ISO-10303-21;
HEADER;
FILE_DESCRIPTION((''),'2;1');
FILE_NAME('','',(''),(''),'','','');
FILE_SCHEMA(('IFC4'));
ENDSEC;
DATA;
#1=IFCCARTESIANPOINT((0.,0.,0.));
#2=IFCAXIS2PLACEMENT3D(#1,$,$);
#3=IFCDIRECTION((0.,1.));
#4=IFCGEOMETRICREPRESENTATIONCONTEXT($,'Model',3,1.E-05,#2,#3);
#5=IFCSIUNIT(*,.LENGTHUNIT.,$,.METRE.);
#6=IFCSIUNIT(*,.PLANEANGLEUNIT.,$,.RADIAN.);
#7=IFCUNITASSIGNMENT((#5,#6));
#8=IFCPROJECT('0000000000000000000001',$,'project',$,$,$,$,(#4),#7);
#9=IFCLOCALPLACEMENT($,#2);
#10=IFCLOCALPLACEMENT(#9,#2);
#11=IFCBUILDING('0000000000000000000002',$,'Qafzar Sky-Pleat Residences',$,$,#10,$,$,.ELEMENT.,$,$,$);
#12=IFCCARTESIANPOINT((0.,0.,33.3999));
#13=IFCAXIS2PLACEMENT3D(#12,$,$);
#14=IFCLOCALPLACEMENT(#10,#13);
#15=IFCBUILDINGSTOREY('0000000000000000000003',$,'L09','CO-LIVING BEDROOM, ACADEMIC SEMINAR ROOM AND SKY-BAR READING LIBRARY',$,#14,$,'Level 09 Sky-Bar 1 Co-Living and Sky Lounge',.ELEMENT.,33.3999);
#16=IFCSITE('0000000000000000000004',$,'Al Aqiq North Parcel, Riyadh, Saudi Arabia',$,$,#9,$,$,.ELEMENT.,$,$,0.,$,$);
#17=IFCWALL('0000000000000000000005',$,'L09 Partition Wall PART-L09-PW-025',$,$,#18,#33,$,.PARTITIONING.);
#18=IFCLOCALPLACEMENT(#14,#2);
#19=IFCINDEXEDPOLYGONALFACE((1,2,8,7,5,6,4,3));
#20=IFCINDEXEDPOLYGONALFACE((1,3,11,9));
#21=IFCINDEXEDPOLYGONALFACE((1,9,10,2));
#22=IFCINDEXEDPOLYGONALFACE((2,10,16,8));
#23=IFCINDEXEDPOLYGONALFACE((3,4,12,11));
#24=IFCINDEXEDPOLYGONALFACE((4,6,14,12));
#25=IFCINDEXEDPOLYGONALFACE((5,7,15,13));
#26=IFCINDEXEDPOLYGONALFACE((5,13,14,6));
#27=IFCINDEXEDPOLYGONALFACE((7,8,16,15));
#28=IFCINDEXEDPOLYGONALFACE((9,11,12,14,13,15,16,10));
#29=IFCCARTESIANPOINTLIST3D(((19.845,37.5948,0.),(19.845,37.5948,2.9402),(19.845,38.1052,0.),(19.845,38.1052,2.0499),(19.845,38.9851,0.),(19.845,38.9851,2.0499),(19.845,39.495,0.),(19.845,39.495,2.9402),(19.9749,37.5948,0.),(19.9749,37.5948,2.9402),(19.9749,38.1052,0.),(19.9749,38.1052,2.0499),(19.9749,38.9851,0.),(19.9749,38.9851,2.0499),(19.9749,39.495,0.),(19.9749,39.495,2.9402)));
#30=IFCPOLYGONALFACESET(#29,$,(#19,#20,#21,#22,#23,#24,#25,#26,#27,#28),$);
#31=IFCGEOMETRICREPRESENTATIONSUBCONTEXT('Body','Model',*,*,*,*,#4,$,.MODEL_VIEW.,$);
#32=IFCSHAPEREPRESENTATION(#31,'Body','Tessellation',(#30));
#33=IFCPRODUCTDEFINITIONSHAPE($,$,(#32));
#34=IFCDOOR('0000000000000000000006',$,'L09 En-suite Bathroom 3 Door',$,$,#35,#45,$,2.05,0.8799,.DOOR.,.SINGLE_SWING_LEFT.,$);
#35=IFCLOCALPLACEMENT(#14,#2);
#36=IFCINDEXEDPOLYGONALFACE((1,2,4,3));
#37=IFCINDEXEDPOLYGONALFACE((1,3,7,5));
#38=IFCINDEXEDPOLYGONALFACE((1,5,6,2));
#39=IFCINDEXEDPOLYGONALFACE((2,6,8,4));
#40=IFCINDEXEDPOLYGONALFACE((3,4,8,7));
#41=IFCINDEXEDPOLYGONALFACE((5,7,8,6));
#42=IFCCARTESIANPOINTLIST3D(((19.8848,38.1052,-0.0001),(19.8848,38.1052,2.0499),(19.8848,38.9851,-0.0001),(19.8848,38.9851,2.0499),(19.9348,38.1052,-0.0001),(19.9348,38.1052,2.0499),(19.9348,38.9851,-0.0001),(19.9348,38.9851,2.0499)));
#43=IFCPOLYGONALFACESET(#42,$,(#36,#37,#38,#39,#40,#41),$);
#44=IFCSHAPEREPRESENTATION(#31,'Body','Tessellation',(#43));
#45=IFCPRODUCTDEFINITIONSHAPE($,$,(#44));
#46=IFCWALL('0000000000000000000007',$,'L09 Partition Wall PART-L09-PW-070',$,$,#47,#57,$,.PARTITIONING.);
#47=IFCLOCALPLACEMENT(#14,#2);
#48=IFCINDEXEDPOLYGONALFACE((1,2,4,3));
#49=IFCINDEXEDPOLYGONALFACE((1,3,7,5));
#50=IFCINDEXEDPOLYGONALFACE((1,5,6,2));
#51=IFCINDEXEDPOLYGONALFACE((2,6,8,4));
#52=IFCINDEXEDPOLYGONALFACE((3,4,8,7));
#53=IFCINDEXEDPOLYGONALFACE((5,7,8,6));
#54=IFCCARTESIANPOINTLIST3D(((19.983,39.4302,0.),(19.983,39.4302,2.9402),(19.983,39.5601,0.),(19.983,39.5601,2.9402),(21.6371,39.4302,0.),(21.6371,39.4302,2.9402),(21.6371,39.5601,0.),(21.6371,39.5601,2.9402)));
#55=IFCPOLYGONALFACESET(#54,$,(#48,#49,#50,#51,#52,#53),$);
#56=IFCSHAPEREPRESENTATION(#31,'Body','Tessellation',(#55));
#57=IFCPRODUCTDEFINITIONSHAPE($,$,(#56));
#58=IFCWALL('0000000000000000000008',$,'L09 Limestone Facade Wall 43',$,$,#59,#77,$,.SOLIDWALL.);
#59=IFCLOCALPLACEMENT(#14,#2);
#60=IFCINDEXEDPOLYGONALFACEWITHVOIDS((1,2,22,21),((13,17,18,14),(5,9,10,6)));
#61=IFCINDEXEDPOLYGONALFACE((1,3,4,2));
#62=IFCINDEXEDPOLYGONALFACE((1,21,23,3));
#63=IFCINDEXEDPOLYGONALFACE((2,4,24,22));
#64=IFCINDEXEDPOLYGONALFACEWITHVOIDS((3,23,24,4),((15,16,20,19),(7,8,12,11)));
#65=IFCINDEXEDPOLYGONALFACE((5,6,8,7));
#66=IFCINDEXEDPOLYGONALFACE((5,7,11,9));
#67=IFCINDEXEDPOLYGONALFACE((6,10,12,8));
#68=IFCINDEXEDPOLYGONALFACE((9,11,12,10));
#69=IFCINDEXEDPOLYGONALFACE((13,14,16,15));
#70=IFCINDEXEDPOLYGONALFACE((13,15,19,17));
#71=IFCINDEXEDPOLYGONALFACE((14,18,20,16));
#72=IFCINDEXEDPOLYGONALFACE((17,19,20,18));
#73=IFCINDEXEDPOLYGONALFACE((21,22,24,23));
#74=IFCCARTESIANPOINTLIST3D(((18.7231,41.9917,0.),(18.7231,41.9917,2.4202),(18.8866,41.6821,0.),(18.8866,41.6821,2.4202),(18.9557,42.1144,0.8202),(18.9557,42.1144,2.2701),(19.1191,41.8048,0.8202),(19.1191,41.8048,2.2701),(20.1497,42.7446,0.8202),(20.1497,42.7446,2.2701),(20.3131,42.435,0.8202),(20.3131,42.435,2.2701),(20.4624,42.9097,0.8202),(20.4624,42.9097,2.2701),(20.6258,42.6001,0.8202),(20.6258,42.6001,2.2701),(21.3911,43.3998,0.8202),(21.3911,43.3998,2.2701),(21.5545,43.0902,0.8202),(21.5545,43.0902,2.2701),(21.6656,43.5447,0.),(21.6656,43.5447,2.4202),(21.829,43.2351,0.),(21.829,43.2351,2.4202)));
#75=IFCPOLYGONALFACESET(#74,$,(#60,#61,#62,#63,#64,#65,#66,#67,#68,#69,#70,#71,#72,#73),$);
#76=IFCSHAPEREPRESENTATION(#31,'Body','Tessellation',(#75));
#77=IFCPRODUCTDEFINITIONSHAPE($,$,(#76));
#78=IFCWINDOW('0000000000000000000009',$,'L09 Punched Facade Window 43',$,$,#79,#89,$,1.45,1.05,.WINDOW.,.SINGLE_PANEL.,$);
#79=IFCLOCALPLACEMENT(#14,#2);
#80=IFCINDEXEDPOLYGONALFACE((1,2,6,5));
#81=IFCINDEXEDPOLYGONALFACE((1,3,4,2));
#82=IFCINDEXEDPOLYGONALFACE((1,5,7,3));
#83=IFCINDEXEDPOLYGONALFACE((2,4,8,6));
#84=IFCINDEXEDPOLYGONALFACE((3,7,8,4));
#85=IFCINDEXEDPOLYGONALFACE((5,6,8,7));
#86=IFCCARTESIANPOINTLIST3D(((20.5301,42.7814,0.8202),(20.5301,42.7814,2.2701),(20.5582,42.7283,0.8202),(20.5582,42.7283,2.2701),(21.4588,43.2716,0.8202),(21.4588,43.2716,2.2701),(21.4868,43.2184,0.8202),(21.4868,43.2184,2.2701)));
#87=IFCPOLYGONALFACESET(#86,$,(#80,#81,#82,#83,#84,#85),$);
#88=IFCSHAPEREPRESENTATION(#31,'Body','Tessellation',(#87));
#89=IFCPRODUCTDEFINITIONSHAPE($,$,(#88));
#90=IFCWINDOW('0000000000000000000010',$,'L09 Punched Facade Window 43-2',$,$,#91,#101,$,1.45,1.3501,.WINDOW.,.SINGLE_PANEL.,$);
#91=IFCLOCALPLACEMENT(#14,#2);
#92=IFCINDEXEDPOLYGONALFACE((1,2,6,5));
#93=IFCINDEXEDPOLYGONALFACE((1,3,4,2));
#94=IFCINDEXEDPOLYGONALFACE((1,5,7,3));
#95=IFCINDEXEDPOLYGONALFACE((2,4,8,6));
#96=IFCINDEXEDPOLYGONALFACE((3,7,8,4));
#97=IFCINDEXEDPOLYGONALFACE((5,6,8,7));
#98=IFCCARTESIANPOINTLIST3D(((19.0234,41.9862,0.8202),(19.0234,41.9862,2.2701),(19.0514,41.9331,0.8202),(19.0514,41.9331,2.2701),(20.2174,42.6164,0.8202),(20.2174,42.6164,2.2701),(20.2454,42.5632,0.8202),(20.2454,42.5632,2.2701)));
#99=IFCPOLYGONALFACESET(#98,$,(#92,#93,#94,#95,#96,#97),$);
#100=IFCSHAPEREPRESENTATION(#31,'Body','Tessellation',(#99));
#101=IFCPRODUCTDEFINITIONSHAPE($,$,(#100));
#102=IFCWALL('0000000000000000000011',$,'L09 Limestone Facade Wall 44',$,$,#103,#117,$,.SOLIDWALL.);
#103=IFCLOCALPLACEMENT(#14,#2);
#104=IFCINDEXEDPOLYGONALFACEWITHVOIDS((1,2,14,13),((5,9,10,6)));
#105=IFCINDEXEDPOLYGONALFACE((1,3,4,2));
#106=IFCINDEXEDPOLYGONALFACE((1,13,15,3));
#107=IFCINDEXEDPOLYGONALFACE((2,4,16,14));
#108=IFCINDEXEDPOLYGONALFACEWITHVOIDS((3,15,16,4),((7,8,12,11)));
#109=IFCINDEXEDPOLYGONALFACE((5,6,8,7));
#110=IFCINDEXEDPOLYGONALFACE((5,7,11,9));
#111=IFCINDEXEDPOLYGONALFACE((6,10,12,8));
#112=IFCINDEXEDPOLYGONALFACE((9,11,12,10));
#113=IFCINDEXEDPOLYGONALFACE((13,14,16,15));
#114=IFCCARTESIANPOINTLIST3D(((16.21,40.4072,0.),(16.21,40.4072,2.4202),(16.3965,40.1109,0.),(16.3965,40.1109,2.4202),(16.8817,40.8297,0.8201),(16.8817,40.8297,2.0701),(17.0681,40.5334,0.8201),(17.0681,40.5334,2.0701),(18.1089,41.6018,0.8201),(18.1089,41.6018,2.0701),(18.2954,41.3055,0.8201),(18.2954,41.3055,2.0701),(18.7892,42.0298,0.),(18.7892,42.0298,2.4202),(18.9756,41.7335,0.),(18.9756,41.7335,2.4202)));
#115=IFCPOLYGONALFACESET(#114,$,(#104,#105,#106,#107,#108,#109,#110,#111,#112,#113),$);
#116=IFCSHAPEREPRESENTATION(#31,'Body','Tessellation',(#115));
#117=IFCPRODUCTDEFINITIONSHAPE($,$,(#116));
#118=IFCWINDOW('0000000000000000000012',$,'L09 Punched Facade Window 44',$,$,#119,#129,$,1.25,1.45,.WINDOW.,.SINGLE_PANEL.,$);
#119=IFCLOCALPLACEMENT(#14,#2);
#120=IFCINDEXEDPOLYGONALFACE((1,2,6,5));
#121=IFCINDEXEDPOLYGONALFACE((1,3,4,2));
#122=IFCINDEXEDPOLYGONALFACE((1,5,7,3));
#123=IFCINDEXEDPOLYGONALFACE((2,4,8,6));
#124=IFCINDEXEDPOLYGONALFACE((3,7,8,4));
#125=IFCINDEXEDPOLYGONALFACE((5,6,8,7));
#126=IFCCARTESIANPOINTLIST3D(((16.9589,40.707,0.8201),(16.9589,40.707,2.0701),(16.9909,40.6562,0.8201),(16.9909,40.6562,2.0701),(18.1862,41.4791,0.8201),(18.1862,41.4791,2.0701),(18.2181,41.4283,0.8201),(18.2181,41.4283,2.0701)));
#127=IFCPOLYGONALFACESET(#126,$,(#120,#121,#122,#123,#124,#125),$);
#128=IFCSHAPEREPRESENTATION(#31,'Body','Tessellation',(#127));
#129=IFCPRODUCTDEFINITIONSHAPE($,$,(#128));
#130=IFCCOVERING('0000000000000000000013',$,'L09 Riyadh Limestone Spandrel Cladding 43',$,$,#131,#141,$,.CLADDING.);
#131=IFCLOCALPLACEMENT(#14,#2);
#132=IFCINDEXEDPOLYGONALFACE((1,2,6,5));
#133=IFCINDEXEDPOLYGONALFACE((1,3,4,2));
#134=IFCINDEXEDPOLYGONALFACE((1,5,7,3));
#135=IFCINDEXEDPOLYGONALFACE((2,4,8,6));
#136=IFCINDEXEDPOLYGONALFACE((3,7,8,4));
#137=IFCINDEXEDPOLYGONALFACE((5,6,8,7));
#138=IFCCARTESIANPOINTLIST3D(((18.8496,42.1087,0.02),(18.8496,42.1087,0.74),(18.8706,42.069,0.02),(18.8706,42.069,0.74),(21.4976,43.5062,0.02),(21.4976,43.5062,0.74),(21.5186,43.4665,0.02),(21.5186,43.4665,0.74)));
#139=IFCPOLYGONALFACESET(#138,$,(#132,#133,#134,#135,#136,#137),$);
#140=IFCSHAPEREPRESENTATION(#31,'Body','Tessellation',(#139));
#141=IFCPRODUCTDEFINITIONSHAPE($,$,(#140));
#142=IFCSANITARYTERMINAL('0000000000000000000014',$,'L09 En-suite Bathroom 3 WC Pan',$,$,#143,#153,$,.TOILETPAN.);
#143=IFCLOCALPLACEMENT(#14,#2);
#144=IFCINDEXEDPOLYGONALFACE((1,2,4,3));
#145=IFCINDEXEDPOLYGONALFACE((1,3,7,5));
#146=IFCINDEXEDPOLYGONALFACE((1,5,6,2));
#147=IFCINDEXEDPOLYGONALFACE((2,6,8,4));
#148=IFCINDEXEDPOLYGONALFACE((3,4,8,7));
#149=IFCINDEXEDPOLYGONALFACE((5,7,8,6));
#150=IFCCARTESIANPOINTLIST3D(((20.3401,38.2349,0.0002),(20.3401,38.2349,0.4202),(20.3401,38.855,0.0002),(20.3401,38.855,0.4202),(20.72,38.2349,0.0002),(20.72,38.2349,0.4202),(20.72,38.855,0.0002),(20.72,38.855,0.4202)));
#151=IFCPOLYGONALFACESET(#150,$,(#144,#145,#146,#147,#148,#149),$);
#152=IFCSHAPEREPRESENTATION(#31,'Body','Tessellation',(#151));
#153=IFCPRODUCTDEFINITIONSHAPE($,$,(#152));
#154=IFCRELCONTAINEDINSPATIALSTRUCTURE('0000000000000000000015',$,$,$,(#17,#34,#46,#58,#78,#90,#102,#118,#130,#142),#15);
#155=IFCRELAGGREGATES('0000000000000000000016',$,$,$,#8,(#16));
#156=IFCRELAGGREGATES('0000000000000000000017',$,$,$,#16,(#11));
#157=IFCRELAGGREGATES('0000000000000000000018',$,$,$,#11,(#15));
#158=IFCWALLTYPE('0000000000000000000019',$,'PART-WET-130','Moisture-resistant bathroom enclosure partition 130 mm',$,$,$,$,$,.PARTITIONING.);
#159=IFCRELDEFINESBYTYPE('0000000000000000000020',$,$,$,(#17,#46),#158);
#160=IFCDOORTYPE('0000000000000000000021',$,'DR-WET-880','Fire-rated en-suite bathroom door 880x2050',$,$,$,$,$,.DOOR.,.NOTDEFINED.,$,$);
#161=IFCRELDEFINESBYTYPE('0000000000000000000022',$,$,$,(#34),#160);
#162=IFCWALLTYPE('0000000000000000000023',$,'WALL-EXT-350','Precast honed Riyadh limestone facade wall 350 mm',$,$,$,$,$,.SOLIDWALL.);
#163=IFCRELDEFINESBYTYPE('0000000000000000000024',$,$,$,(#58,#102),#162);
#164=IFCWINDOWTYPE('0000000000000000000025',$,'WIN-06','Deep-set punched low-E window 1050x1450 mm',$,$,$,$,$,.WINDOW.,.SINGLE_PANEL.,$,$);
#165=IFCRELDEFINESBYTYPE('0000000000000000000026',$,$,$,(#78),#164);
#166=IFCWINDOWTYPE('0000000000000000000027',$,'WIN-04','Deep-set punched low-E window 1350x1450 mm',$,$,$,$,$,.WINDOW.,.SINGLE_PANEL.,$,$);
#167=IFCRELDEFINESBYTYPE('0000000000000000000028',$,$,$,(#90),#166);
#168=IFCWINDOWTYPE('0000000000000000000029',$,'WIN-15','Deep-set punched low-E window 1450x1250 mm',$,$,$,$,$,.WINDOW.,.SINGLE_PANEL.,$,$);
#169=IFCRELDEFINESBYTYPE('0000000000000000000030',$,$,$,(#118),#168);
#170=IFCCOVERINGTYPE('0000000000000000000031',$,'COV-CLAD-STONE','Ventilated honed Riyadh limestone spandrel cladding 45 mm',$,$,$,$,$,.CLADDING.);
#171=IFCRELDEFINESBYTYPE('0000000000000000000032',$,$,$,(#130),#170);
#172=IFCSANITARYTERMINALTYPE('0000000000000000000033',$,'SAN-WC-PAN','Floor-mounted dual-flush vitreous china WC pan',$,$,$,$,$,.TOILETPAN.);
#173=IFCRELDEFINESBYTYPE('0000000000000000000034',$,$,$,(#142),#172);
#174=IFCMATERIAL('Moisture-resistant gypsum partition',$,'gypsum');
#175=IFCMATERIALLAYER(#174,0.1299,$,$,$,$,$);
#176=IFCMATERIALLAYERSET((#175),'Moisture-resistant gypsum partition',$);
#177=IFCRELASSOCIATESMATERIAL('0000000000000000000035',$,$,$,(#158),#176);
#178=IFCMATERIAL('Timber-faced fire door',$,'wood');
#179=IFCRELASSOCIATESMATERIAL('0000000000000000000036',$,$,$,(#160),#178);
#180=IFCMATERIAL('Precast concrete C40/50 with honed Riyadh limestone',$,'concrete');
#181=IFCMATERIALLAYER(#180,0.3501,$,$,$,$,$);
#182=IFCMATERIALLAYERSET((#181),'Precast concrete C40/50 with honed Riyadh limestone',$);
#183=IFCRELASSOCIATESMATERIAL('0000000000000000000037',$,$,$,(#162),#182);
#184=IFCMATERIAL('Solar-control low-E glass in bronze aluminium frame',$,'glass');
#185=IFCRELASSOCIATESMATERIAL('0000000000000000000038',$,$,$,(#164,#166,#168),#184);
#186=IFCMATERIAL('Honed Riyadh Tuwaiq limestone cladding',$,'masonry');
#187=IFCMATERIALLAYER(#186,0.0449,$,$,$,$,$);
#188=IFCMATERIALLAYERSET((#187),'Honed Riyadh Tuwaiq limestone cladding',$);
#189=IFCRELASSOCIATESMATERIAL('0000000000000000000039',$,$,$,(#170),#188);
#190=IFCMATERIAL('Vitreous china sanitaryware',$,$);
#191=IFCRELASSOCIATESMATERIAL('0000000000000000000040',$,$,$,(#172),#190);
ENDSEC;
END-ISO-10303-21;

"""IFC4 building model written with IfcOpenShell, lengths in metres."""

from ifc_helpers import new_model, si_unit, direction, frame, frame_2d, origin, origin_2d, place, context, subcontext, project, spatial, rectangle, extrude, source, transform, mapped, material, layer, layer_set, type_object, element, fill, save


model = new_model("IFC4")

# Units and contexts
model_context = context("Model", 3, precision=1e-05, world=origin(), true_north=direction((0.0, 1.0)))
body_context = subcontext(model_context, "Body", "Model", "MODEL_VIEW")
ifc_project = project(units=[si_unit("LENGTHUNIT", "METRE"), si_unit("PLANEANGLEUNIT", "RADIAN")], contexts=[model_context])

# Site, building, storey
site_placement = place(None, origin())
site = spatial("IfcSite", under=ifc_project, at=site_placement, Name="Al Aqiq North Parcel, Riyadh, Saudi Arabia", CompositionType="ELEMENT", RefElevation=0.0)
building_placement = place(site_placement, origin())
building = spatial("IfcBuilding", under=site, at=building_placement, Name="Qafzar Sky-Pleat Residences", CompositionType="ELEMENT")
storey_placement = place(building_placement, frame((0.0, 0.0, 33.3999)))
storey = spatial("IfcBuildingStorey", under=building, at=storey_placement, Name="L09", Description="CO-LIVING BEDROOM, ACADEMIC SEMINAR ROOM AND SKY-BAR READING LIBRARY", LongName="Level 09 Sky-Bar 1 Co-Living and Sky Lounge", CompositionType="ELEMENT", Elevation=33.3999)

# Wall, opening, door
ifc_material_1 = material(Name="Moisture-resistant gypsum partition", Category="gypsum")
ifc_layer_1 = layer(ifc_material_1, 0.1299)
ifc_layer_set_1 = layer_set([ifc_layer_1], Name="Moisture-resistant gypsum partition")
wall_type_1 = type_object("IfcWallType", Name="PART-WET-130", Description="Moisture-resistant bathroom enclosure partition 130 mm", PredefinedType="PARTITIONING", material=ifc_layer_set_1)
wall_1_placement = place(storey_placement, frame((19.9099, 39.4951, 0.0), z_axis=(0.0, 0.0, 1.0), x_axis=(0.0, -1.0, 0.0)))
wall_1 = element("IfcWall", 1, at=wall_1_placement, inside=storey, type_object=wall_type_1, Name="L09 Partition Wall PART-L09-PW-025", PredefinedType="PARTITIONING", context=body_context, shape_type="SweptSolid", body=[
    extrude(rectangle(XDim=1.9001, YDim=0.1299, at=frame_2d((0.9502, 0.0))), origin(), (0.0, 0.0, 1.0), 2.9402),
])
opening_1_placement = place(wall_1_placement, frame((0.51, 0.0, 0.0)))
opening_1 = element("IfcOpeningElement", 2, at=opening_1_placement, cuts=wall_1, PredefinedType="OPENING", context=body_context, shape_type="SweptSolid", body=[
    extrude(rectangle(XDim=0.8799, YDim=2.05, at=frame_2d((0.4399, 1.0249))), frame((0.0, 0.075, 0.0), z_axis=(0.0, -1.0, 0.0), x_axis=(1.0, 0.0, 0.0)), (0.0, 0.0, 1.0), 0.1499),
])
ifc_material_2 = material(Name="Timber-faced fire door", Category="wood")
door_type = type_object("IfcDoorType", Name="DR-WET-880", Description="Fire-rated en-suite bathroom door 880x2050", OperationType="NOTDEFINED", PredefinedType="DOOR", material=ifc_material_2)
shared_shape_1 = source(origin(), body_context, "Body", "SweptSolid", [
    extrude(rectangle(XDim=0.8799, YDim=2.05, at=frame_2d((0.4399, 1.0249))), frame((0.0, 0.0249, 0.0), z_axis=(0.0, -1.0, 0.0), x_axis=(1.0, 0.0, 0.0)), (0.0, 0.0, 1.0), 0.05),
])
door_placement = place(opening_1_placement, origin())
door = element("IfcDoor", 3, at=door_placement, inside=storey, type_object=door_type, Name="L09 En-suite Bathroom 3 Door", OperationType="SINGLE_SWING_LEFT", OverallHeight=2.05, OverallWidth=0.8799, PredefinedType="DOOR", context=body_context, shape_type="MappedRepresentation", body=[
    mapped(shared_shape_1, transform((0.0, 0.0, 0.0), x_axis=(1.0, 0.0, 0.0), y_axis=(0.0, 1.0, 0.0), z_axis=(0.0, 0.0, 1.0), scale=1.0)),
])
fill(opening_1, door)

# Wall
wall_2_placement = place(storey_placement, frame((19.9829, 39.4951, 0.0), z_axis=(0.0, 0.0, 1.0), x_axis=(1.0, 0.0, 0.0)))
element("IfcWall", 4, at=wall_2_placement, inside=storey, type_object=wall_type_1, Name="L09 Partition Wall PART-L09-PW-070", PredefinedType="PARTITIONING", context=body_context, shape_type="SweptSolid", body=[
    extrude(rectangle(XDim=1.6541, YDim=0.1299, at=frame_2d((0.8271, 0.0))), origin(), (0.0, 0.0, 1.0), 2.9402),
])

# Wall, openings, windows
ifc_material_3 = material(Name="Precast concrete C40/50 with honed Riyadh limestone", Category="concrete")
ifc_layer_2 = layer(ifc_material_3, 0.3501)
ifc_layer_set_2 = layer_set([ifc_layer_2], Name="Precast concrete C40/50 with honed Riyadh limestone")
wall_type_2 = type_object("IfcWallType", Name="WALL-EXT-350", Description="Precast honed Riyadh limestone facade wall 350 mm", PredefinedType="SOLIDWALL", material=ifc_layer_set_2)
wall_3_placement = place(storey_placement, frame((21.7473, 43.3899, 0.0), z_axis=(0.0, 0.0, 1.0), x_axis=(-0.884378, -0.466771, 0.0)))
wall_3 = element("IfcWall", 5, at=wall_3_placement, inside=storey, type_object=wall_type_2, Name="L09 Limestone Facade Wall 43", PredefinedType="SOLIDWALL", context=body_context, shape_type="SweptSolid", body=[
    extrude(rectangle(XDim=3.3271, YDim=0.3501, at=frame_2d((1.6636, 0.0))), origin(), (0.0, 0.0, 1.0), 2.4202),
])
opening_2_placement = place(wall_3_placement, frame((0.3105, 0.0, 0.8201)))
opening_2 = element("IfcOpeningElement", 6, at=opening_2_placement, cuts=wall_3, PredefinedType="OPENING", context=body_context, shape_type="SweptSolid", body=[
    extrude(rectangle(XDim=1.05, YDim=1.45, at=frame_2d((0.5249, 0.7251))), frame((0.0, 0.1851, 0.0), z_axis=(0.0, -1.0, 0.0), x_axis=(1.0, 0.0, 0.0)), (0.0, 0.0, 1.0), 0.3701),
])
opening_3_placement = place(wall_3_placement, frame((1.7141, 0.0, 0.8201)))
opening_3 = element("IfcOpeningElement", 7, at=opening_3_placement, cuts=wall_3, PredefinedType="OPENING", context=body_context, shape_type="SweptSolid", body=[
    extrude(rectangle(XDim=1.3501, YDim=1.45, at=frame_2d((0.675, 0.7251))), frame((0.0, 0.1851, 0.0), z_axis=(0.0, -1.0, 0.0), x_axis=(1.0, 0.0, 0.0)), (0.0, 0.0, 1.0), 0.3701),
])
ifc_material_4 = material(Name="Solar-control low-E glass in bronze aluminium frame", Category="glass")
window_type_1 = type_object("IfcWindowType", Name="WIN-06", Description="Deep-set punched low-E window 1050x1450 mm", PartitioningType="SINGLE_PANEL", PredefinedType="WINDOW", material=ifc_material_4)
shared_shape_2 = source(origin(), body_context, "Body", "SweptSolid", [
    extrude(rectangle(XDim=1.05, YDim=1.45, at=frame_2d((0.5249, 0.7251))), frame((0.0, 0.03, 0.0), z_axis=(0.0, -1.0, 0.0), x_axis=(1.0, 0.0, 0.0)), (0.0, 0.0, 1.0), 0.0601),
])
window_1_placement = place(opening_2_placement, origin())
window_1 = element("IfcWindow", 8, at=window_1_placement, inside=storey, type_object=window_type_1, Name="L09 Punched Facade Window 43", OverallHeight=1.45, OverallWidth=1.05, PartitioningType="SINGLE_PANEL", PredefinedType="WINDOW", context=body_context, shape_type="MappedRepresentation", body=[
    mapped(shared_shape_2, transform((0.0, 0.0, 0.0), x_axis=(1.0, 0.0, 0.0), y_axis=(0.0, 1.0, 0.0), z_axis=(0.0, 0.0, 1.0), scale=1.0)),
])
fill(opening_2, window_1)
window_type_2 = type_object("IfcWindowType", Name="WIN-04", Description="Deep-set punched low-E window 1350x1450 mm", PartitioningType="SINGLE_PANEL", PredefinedType="WINDOW", material=ifc_material_4)
shared_shape_3 = source(origin(), body_context, "Body", "SweptSolid", [
    extrude(rectangle(XDim=1.3501, YDim=1.45, at=frame_2d((0.675, 0.7251))), frame((0.0, 0.03, 0.0), z_axis=(0.0, -1.0, 0.0), x_axis=(1.0, 0.0, 0.0)), (0.0, 0.0, 1.0), 0.0601),
])
window_2_placement = place(opening_3_placement, origin())
window_2 = element("IfcWindow", 9, at=window_2_placement, inside=storey, type_object=window_type_2, Name="L09 Punched Facade Window 43-2", OverallHeight=1.45, OverallWidth=1.3501, PartitioningType="SINGLE_PANEL", PredefinedType="WINDOW", context=body_context, shape_type="MappedRepresentation", body=[
    mapped(shared_shape_3, transform((0.0, 0.0, 0.0), x_axis=(1.0, 0.0, 0.0), y_axis=(0.0, 1.0, 0.0), z_axis=(0.0, 0.0, 1.0), scale=1.0)),
])
fill(opening_3, window_2)

# Wall, opening, window
wall_4_placement = place(storey_placement, frame((18.8823, 41.8816, 0.0), z_axis=(0.0, 0.0, 1.0), x_axis=(-0.846428, -0.532503, 0.0)))
wall_4 = element("IfcWall", 10, at=wall_4_placement, inside=storey, type_object=wall_type_2, Name="L09 Limestone Facade Wall 44", PredefinedType="SOLIDWALL", context=body_context, shape_type="SweptSolid", body=[
    extrude(rectangle(XDim=3.0471, YDim=0.3501, at=frame_2d((1.5234, 0.0))), origin(), (0.0, 0.0, 1.0), 2.4202),
])
opening_4_placement = place(wall_4_placement, frame((0.8035, 0.0, 0.8201)))
opening_4 = element("IfcOpeningElement", 11, at=opening_4_placement, cuts=wall_4, PredefinedType="OPENING", context=body_context, shape_type="SweptSolid", body=[
    extrude(rectangle(XDim=1.45, YDim=1.25, at=frame_2d((0.7251, 0.625))), frame((0.0, 0.1851, 0.0), z_axis=(0.0, -1.0, 0.0), x_axis=(1.0, 0.0, 0.0)), (0.0, 0.0, 1.0), 0.3701),
])
window_type_3 = type_object("IfcWindowType", Name="WIN-15", Description="Deep-set punched low-E window 1450x1250 mm", PartitioningType="SINGLE_PANEL", PredefinedType="WINDOW", material=ifc_material_4)
shared_shape_4 = source(origin(), body_context, "Body", "SweptSolid", [
    extrude(rectangle(XDim=1.45, YDim=1.25, at=frame_2d((0.7251, 0.625))), frame((0.0, 0.03, 0.0), z_axis=(0.0, -1.0, 0.0), x_axis=(1.0, 0.0, 0.0)), (0.0, 0.0, 1.0), 0.0601),
])
window_3_placement = place(opening_4_placement, origin())
window_3 = element("IfcWindow", 12, at=window_3_placement, inside=storey, type_object=window_type_3, Name="L09 Punched Facade Window 44", OverallHeight=1.25, OverallWidth=1.45, PartitioningType="SINGLE_PANEL", PredefinedType="WINDOW", context=body_context, shape_type="MappedRepresentation", body=[
    mapped(shared_shape_4, transform((0.0, 0.0, 0.0), x_axis=(1.0, 0.0, 0.0), y_axis=(0.0, 1.0, 0.0), z_axis=(0.0, 0.0, 1.0), scale=1.0)),
])
fill(opening_4, window_3)

# Covering
ifc_material_5 = material(Name="Honed Riyadh Tuwaiq limestone cladding", Category="masonry")
ifc_layer_3 = layer(ifc_material_5, 0.0449)
ifc_layer_set_3 = layer_set([ifc_layer_3], Name="Honed Riyadh Tuwaiq limestone cladding")
covering_type = type_object("IfcCoveringType", Name="COV-CLAD-STONE", Description="Ventilated honed Riyadh limestone spandrel cladding 45 mm", PredefinedType="CLADDING", material=ifc_layer_set_3)
shared_shape_5 = source(origin(), body_context, "Body", "SweptSolid", [
    extrude(rectangle(XDim=2.9941, YDim=0.0449, at=origin_2d()), origin(), (0.0, 0.0, 1.0), 0.72),
])
covering_placement = place(storey_placement, frame((20.1841, 42.7876, 0.02), z_axis=(0.0, 0.0, 1.0), x_axis=(-0.884388, -0.466752, 0.0)))
element("IfcCovering", 13, at=covering_placement, inside=storey, type_object=covering_type, Name="L09 Riyadh Limestone Spandrel Cladding 43", PredefinedType="CLADDING", context=body_context, shape_type="MappedRepresentation", body=[
    mapped(shared_shape_5, transform((0.0, 0.0, 0.0), x_axis=(1.0, 0.0, 0.0), y_axis=(0.0, 1.0, 0.0), z_axis=(0.0, 0.0, 1.0), scale=1.0)),
])

# Sanitary terminal
ifc_material_6 = material(Name="Vitreous china sanitaryware")
sanitary_terminal_type_1 = type_object("IfcSanitaryTerminalType", Name="SAN-WC-PAN", Description="Floor-mounted dual-flush vitreous china WC pan", PredefinedType="TOILETPAN", material=ifc_material_6)
shared_shape_6 = source(origin(), body_context, "Body", "SweptSolid", [
    extrude(rectangle(XDim=0.3799, YDim=0.6201, at=origin_2d()), origin(), (0.0, 0.0, 1.0), 0.4199),
])
sanitary_terminal_1_placement = place(storey_placement, frame((20.53, 38.5449, 0.0002), z_axis=(0.0, 0.0, 1.0), x_axis=(1.0, 0.0, 0.0)))
element("IfcSanitaryTerminal", 14, at=sanitary_terminal_1_placement, inside=storey, type_object=sanitary_terminal_type_1, Name="L09 En-suite Bathroom 3 WC Pan", PredefinedType="TOILETPAN", context=body_context, shape_type="MappedRepresentation", body=[
    mapped(shared_shape_6, transform((0.0, 0.0, 0.0), x_axis=(1.0, 0.0, 0.0), y_axis=(0.0, 1.0, 0.0), z_axis=(0.0, 0.0, 1.0), scale=1.0)),
])

save(model, "model.ifc")
